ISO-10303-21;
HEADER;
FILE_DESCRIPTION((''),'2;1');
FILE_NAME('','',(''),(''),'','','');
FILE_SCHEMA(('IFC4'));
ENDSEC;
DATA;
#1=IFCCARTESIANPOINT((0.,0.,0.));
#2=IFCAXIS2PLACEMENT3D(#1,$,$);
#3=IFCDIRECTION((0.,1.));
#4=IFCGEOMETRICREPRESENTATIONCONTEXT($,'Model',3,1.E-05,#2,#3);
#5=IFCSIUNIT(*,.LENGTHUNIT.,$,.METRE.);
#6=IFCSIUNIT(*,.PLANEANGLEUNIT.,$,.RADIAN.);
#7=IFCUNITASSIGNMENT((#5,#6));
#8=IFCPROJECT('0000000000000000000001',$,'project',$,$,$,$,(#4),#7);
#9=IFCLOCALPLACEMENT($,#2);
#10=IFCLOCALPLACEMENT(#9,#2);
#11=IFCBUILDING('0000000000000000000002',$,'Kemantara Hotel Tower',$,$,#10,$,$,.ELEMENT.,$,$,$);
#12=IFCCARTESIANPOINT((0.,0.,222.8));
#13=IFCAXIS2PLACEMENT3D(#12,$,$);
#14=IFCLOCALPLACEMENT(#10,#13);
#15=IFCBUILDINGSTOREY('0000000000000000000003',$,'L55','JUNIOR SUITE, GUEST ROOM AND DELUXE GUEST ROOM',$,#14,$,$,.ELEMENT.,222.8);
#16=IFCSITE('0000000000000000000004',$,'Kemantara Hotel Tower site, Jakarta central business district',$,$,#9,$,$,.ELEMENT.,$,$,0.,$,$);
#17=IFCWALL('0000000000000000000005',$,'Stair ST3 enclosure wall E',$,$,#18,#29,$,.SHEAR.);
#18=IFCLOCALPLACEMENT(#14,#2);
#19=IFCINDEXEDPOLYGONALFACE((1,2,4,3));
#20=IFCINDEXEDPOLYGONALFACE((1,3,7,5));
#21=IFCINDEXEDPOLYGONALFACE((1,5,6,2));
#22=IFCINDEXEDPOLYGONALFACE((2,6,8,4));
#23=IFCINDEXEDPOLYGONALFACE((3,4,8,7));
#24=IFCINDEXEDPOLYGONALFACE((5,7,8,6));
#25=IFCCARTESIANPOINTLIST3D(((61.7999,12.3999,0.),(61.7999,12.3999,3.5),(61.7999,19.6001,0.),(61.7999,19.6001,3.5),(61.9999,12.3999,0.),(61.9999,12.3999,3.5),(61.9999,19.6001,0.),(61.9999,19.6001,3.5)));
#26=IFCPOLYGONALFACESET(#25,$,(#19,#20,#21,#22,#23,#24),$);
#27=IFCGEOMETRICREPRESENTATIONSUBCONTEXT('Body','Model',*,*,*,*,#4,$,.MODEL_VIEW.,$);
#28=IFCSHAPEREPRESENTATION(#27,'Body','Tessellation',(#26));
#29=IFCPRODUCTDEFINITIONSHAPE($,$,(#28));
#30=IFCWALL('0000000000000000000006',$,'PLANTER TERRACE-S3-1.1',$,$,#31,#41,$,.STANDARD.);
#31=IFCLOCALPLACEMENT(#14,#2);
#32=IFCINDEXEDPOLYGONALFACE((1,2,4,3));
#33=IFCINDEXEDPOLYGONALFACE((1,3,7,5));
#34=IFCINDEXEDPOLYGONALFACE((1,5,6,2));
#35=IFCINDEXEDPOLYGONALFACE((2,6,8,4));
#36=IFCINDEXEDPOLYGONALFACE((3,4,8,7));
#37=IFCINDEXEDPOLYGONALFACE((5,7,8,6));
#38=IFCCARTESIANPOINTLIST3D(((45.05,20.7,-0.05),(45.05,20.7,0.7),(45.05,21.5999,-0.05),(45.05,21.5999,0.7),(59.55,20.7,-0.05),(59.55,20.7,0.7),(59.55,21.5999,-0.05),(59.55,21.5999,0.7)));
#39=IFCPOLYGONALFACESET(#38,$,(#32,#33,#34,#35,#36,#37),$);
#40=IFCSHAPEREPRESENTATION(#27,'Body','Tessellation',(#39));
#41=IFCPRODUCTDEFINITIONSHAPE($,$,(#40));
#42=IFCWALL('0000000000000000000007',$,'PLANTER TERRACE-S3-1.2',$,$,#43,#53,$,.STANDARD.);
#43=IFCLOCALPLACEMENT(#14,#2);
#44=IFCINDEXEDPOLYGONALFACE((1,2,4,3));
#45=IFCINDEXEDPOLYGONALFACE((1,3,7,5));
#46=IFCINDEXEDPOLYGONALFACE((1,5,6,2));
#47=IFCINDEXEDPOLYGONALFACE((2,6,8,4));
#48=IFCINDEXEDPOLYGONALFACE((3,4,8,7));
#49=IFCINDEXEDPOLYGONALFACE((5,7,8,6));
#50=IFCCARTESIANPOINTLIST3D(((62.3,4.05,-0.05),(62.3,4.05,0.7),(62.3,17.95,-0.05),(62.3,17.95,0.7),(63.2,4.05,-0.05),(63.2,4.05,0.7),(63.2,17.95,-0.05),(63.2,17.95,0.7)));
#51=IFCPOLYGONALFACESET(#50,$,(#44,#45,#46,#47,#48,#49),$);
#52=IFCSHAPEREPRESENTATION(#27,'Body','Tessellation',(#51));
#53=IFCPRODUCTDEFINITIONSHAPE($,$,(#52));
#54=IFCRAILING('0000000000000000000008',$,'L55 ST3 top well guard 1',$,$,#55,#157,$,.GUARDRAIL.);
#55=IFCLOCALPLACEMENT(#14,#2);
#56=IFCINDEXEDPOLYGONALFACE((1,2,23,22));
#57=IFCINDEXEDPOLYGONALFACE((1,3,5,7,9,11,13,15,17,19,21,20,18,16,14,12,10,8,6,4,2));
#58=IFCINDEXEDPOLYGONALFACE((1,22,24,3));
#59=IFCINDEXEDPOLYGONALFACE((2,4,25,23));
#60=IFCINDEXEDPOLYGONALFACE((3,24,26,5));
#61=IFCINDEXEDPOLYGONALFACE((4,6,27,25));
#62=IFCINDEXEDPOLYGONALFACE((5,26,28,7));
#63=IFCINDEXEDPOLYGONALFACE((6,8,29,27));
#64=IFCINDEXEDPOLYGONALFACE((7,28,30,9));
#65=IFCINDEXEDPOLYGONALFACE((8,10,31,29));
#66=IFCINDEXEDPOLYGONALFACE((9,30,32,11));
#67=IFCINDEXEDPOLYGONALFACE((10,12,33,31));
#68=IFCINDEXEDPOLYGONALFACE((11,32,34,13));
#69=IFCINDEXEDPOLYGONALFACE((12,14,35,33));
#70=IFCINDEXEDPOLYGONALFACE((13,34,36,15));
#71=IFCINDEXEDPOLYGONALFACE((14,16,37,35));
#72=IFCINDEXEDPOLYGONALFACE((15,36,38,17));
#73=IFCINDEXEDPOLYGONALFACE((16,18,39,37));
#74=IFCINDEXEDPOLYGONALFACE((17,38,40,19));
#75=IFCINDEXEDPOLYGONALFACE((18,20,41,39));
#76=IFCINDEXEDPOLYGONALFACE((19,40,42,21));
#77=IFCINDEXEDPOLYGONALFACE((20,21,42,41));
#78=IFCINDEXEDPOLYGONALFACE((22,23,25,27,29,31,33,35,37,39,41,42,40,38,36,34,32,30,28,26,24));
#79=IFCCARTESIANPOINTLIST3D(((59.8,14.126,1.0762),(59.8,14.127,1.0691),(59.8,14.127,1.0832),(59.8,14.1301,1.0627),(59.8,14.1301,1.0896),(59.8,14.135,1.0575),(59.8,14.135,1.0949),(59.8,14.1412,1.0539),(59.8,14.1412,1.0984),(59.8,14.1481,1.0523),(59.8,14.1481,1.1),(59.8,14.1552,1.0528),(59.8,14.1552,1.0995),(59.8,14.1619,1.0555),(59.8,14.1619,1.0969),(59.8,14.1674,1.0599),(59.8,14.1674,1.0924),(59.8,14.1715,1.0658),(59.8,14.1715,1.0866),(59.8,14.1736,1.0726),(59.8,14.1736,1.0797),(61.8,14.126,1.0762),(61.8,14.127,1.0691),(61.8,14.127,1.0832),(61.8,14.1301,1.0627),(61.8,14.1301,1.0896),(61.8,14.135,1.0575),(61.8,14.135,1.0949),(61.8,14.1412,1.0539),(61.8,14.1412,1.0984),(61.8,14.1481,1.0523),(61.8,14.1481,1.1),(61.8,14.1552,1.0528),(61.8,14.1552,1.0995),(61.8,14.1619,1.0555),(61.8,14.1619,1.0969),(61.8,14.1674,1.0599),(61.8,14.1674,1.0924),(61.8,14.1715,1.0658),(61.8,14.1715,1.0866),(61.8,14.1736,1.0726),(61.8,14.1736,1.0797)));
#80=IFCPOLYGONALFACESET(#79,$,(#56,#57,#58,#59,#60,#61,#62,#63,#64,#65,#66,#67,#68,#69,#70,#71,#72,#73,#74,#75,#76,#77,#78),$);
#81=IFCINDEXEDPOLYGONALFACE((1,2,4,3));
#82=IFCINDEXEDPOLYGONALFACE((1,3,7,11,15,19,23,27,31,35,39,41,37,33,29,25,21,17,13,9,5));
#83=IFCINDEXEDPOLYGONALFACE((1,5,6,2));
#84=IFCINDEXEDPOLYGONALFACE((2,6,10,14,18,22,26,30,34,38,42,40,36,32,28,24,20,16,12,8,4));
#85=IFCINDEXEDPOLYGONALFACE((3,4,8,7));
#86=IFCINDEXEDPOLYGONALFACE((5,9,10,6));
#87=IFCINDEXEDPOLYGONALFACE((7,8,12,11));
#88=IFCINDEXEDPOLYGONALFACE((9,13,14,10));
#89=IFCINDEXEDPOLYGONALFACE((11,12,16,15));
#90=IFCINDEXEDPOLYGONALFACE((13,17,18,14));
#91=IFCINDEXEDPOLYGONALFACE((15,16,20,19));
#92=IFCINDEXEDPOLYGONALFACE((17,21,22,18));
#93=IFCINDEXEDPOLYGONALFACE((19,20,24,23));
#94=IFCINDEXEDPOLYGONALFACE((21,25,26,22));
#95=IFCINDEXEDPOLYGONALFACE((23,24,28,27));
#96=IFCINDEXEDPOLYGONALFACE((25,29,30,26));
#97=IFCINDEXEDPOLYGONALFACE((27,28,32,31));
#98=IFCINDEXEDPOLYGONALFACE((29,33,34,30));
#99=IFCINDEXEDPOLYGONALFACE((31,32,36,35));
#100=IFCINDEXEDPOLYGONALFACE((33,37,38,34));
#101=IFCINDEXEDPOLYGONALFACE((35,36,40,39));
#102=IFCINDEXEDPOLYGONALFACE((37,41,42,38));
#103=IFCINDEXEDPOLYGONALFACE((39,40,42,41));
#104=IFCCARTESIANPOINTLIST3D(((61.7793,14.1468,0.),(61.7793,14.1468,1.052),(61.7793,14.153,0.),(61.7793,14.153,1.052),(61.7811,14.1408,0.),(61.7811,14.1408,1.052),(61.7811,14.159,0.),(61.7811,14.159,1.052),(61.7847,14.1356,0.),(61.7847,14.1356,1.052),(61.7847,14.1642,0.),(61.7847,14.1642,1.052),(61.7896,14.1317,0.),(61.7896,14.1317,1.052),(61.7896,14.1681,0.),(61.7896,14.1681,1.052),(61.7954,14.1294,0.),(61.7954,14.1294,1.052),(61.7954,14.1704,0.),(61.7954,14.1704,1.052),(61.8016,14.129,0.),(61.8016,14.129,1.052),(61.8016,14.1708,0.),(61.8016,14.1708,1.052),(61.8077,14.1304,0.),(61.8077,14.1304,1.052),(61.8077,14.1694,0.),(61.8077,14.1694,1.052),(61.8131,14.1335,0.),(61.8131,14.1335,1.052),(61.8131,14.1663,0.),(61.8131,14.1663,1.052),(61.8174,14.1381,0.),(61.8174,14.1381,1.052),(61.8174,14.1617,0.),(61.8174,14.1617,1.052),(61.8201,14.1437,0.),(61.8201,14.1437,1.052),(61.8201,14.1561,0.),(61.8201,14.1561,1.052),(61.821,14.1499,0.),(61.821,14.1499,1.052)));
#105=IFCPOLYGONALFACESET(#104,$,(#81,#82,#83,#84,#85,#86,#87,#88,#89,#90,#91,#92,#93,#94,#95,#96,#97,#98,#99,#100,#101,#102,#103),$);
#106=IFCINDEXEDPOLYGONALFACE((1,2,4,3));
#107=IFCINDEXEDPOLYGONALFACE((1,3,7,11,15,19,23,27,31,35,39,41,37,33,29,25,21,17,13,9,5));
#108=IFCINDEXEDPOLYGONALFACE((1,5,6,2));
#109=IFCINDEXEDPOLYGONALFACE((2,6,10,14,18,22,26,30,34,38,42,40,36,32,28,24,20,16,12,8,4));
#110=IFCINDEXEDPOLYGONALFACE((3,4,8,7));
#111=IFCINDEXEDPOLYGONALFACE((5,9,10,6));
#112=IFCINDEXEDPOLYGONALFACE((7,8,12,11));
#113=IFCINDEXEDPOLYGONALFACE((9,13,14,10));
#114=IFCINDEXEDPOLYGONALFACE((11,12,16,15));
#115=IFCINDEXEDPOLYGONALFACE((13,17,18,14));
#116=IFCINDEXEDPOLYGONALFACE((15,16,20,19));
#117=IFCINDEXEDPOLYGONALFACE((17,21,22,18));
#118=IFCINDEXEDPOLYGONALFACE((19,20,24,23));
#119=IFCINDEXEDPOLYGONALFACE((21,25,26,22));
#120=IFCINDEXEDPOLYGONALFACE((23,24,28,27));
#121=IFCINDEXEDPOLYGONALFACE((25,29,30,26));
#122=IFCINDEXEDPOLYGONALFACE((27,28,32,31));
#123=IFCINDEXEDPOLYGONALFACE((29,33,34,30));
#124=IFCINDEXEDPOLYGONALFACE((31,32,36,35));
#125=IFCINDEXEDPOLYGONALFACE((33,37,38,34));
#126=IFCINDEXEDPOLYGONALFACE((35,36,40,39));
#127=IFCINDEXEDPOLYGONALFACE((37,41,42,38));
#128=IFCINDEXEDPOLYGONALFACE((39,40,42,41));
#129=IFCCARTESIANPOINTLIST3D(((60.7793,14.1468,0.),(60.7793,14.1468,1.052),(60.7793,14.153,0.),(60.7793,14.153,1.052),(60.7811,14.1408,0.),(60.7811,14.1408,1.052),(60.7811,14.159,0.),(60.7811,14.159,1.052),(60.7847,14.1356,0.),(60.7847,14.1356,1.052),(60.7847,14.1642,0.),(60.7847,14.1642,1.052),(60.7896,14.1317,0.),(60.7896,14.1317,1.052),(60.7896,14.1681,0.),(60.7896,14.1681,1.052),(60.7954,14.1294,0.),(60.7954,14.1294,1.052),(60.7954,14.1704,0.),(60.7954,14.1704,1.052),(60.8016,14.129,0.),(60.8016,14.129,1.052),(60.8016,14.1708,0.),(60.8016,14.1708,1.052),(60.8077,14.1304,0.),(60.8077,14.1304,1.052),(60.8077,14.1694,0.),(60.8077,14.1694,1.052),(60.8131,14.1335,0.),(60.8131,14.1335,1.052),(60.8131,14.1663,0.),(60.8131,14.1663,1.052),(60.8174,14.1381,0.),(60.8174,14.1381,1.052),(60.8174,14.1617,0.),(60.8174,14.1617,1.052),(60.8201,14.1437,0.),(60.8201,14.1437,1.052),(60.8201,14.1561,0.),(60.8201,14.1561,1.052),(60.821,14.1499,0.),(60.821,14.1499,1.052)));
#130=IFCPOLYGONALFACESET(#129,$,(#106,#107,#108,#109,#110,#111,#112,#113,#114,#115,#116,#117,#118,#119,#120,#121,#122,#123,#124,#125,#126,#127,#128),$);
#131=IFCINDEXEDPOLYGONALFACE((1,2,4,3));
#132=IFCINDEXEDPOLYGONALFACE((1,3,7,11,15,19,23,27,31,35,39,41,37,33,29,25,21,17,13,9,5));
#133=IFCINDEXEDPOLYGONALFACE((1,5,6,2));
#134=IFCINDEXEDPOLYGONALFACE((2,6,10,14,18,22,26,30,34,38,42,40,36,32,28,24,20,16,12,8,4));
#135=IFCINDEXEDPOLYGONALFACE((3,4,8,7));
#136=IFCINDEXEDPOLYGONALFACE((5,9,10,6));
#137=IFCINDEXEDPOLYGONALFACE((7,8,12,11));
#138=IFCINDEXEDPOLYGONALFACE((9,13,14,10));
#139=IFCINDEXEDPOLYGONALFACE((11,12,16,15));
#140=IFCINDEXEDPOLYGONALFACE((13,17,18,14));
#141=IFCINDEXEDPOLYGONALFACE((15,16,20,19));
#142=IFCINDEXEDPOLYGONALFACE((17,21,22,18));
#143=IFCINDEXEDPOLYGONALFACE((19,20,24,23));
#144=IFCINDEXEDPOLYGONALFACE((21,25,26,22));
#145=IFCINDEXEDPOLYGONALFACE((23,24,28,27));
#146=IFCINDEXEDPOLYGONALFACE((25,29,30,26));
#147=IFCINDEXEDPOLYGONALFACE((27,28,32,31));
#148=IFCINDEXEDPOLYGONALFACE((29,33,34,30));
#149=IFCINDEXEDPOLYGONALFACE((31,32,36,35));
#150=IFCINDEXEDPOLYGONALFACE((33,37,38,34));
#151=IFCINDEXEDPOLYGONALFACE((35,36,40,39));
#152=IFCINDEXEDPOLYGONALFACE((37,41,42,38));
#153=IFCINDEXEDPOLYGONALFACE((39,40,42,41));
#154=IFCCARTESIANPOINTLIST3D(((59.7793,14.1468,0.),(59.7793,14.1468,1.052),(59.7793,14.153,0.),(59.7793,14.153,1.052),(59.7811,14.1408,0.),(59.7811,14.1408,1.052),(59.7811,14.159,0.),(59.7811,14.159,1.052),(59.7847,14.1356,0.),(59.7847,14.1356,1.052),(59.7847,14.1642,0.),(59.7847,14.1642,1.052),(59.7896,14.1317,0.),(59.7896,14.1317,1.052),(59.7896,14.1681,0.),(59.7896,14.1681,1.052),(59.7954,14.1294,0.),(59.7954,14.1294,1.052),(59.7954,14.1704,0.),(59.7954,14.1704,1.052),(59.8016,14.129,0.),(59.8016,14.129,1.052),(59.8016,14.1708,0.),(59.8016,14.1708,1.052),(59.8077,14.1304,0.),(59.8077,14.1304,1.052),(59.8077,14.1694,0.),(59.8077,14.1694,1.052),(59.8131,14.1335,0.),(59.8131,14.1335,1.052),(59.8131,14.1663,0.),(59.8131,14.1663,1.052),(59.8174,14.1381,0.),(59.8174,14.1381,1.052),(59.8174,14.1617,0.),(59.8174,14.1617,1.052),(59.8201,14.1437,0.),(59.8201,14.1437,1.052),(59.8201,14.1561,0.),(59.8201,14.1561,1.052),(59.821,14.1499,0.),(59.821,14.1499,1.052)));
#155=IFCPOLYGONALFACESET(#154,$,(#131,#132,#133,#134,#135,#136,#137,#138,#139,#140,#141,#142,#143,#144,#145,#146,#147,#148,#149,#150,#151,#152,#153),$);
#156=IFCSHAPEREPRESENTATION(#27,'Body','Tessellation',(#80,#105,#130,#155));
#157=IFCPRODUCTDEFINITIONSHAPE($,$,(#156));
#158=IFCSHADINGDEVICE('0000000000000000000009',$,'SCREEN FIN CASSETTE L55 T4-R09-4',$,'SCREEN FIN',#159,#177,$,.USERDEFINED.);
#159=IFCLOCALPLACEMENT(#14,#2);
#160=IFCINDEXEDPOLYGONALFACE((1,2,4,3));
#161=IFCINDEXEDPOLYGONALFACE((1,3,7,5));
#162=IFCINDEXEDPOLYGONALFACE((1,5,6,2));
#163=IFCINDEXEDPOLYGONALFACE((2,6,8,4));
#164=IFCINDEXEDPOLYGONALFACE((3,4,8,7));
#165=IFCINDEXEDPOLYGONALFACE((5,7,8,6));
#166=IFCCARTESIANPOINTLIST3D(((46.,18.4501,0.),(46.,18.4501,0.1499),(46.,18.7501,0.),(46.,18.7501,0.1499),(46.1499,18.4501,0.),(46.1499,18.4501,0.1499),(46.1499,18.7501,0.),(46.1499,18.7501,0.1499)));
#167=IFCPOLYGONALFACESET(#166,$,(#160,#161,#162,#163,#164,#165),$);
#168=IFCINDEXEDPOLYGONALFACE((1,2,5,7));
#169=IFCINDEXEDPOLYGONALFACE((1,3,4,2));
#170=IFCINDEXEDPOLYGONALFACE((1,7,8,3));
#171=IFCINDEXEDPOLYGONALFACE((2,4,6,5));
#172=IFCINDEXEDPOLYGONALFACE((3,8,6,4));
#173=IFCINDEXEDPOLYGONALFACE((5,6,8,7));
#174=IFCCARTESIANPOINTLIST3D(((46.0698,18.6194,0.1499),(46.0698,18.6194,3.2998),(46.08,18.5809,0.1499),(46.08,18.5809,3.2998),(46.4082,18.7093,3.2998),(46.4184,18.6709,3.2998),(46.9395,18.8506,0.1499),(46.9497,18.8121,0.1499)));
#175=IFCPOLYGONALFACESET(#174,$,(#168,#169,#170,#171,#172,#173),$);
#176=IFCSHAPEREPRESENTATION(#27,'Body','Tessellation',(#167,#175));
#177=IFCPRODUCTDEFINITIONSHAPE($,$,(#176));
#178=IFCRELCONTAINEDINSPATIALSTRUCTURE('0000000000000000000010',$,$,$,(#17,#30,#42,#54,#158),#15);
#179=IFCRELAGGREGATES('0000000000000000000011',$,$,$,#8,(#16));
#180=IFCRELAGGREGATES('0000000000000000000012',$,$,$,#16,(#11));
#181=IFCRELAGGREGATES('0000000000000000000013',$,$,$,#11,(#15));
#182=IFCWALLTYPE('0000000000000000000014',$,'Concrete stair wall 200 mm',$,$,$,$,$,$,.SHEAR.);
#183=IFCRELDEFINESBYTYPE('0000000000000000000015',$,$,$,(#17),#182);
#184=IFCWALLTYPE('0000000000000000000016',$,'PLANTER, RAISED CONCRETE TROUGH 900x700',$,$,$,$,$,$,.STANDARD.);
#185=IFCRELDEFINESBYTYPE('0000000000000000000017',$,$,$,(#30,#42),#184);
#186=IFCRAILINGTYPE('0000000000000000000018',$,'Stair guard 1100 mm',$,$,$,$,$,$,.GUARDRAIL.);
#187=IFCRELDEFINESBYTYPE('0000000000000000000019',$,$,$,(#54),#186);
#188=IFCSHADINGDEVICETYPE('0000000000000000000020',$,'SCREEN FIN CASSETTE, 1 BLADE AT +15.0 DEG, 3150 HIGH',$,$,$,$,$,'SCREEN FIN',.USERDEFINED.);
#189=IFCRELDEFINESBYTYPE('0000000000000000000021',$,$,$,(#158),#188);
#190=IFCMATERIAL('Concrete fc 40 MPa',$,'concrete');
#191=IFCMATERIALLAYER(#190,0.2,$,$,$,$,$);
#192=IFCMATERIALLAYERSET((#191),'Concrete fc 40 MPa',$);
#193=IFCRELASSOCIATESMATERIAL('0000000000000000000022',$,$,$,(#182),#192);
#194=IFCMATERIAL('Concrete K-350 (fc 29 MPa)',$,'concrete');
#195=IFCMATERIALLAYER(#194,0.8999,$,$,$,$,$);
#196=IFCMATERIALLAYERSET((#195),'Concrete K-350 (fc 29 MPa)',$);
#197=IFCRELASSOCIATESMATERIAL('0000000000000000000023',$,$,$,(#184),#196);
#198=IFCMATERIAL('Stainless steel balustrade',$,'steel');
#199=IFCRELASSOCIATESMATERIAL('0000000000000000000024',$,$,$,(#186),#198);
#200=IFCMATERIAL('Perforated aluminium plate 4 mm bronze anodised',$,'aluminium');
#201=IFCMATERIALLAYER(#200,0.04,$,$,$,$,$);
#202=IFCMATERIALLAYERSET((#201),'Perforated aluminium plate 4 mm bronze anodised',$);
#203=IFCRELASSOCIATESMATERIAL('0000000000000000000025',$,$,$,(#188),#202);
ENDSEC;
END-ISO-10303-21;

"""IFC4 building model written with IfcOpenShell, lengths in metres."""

from ifc_helpers import new_model, si_unit, direction, frame, frame_2d, origin, origin_2d, place, context, subcontext, project, spatial, polyline, rectangle, circle, outline, extrude, source, transform, mapped, material, layer, layer_set, type_object, element, save


model = new_model("IFC4")

# Units and contexts
model_context = context("Model", 3, precision=1e-05, world=origin(), true_north=direction((0.0, 1.0)))
body_context = subcontext(model_context, "Body", "Model", "MODEL_VIEW")
ifc_project = project(units=[si_unit("LENGTHUNIT", "METRE"), si_unit("PLANEANGLEUNIT", "RADIAN")], contexts=[model_context])

# Site, building, storey
site_placement = place(None, origin())
site = spatial("IfcSite", under=ifc_project, at=site_placement, Name="Kemantara Hotel Tower site, Jakarta central business district", CompositionType="ELEMENT", RefElevation=0.0)
building_placement = place(site_placement, origin())
building = spatial("IfcBuilding", under=site, at=building_placement, Name="Kemantara Hotel Tower", CompositionType="ELEMENT")
storey_placement = place(building_placement, frame((0.0, 0.0, 222.8)))
storey = spatial("IfcBuildingStorey", under=building, at=storey_placement, Name="L55", Description="JUNIOR SUITE, GUEST ROOM AND DELUXE GUEST ROOM", CompositionType="ELEMENT", Elevation=222.8)

# Shared definitions
ifc_material_1 = material(Name="Concrete fc 40 MPa", Category="concrete")
ifc_layer_1 = layer(ifc_material_1, 0.2)
ifc_layer_set_1 = layer_set([ifc_layer_1], Name="Concrete fc 40 MPa")
wall_type_1 = type_object("IfcWallType", Name="Concrete stair wall 200 mm", PredefinedType="SHEAR", material=ifc_layer_set_1)

# Walls
for number, where, z_axis, x_axis, name in (
    (1, (61.8999, 12.3999, 0.0), (0.0, 0.0, 1.0), (0.0, 1.0, 0.0), "Stair ST3 enclosure wall E"),
):
    element("IfcWall", number, at=place(storey_placement, frame(where, z_axis=z_axis, x_axis=x_axis)), inside=storey, type_object=wall_type_1, Name=name, PredefinedType="SHEAR", context=body_context, shape_type="SweptSolid", body=[
        extrude(rectangle(XDim=7.2002, YDim=0.2, at=frame_2d((3.6001, 0.0))), origin(), (0.0, 0.0, 1.0), 3.5),
    ])
ifc_material_2 = material(Name="Concrete K-350 (fc 29 MPa)", Category="concrete")
ifc_layer_2 = layer(ifc_material_2, 0.8999)
ifc_layer_set_2 = layer_set([ifc_layer_2], Name="Concrete K-350 (fc 29 MPa)")
wall_type_2 = type_object("IfcWallType", Name="PLANTER, RAISED CONCRETE TROUGH 900x700", PredefinedType="STANDARD", material=ifc_layer_set_2)
wall_1_placement = place(storey_placement, frame((45.05, 21.1499, -0.05), z_axis=(0.0, 0.0, 1.0), x_axis=(1.0, 0.0, 0.0)))
element("IfcWall", 2, at=wall_1_placement, inside=storey, type_object=wall_type_2, Name="PLANTER TERRACE-S3-1.1", PredefinedType="STANDARD", context=body_context, shape_type="SweptSolid", body=[
    extrude(rectangle(XDim=14.5, YDim=0.8999, at=frame_2d((7.25, 0.0))), origin(), (0.0, 0.0, 1.0), 0.75),
])
wall_2_placement = place(storey_placement, frame((62.75, 17.95, -0.05), z_axis=(0.0, 0.0, 1.0), x_axis=(0.0, -1.0, 0.0)))
element("IfcWall", 3, at=wall_2_placement, inside=storey, type_object=wall_type_2, Name="PLANTER TERRACE-S3-1.2", PredefinedType="STANDARD", context=body_context, shape_type="SweptSolid", body=[
    extrude(rectangle(XDim=13.8999, YDim=0.8999, at=frame_2d((6.95, 0.0))), origin(), (0.0, 0.0, 1.0), 0.75),
])

# Railing
ifc_material_3 = material(Name="Stainless steel balustrade", Category="steel")
railing_type = type_object("IfcRailingType", Name="Stair guard 1100 mm", PredefinedType="GUARDRAIL", material=ifc_material_3)
railing_placement = place(storey_placement, frame((61.8, 14.1499, 0.0)))
element("IfcRailing", 4, at=railing_placement, inside=storey, type_object=railing_type, Name="L55 ST3 top well guard 1", PredefinedType="GUARDRAIL", context=body_context, shape_type="SweptSolid", body=[
    extrude(circle(Radius=0.0239, at=origin_2d()), frame((0.0, 0.0, 1.0762), z_axis=(-1.0, 0.0, 0.0), x_axis=(0.0, -1.0, 0.0)), (0.0, 0.0, 1.0), 2.0),
    extrude(circle(Radius=0.021, at=origin_2d()), origin(), (0.0, 0.0, 1.0), 1.052),
    extrude(circle(Radius=0.021, at=origin_2d()), frame((-1.0, 0.0, 0.0)), (0.0, 0.0, 1.0), 1.052),
    extrude(circle(Radius=0.021, at=origin_2d()), frame((-2.0, 0.0, 0.0)), (0.0, 0.0, 1.0), 1.052),
])

# Shading device
ifc_material_4 = material(Name="Perforated aluminium plate 4 mm bronze anodised", Category="aluminium")
ifc_layer_3 = layer(ifc_material_4, 0.04)
ifc_layer_set_3 = layer_set([ifc_layer_3], Name="Perforated aluminium plate 4 mm bronze anodised")
shading_device_type = type_object("IfcShadingDeviceType", Name="SCREEN FIN CASSETTE, 1 BLADE AT +15.0 DEG, 3150 HIGH", ElementType="SCREEN FIN", PredefinedType="USERDEFINED", material=ifc_layer_set_3)
shared_shape_1 = source(origin(), body_context, "Body", "SweptSolid", [
    extrude(rectangle(XDim=0.3, YDim=0.1499, at=origin_2d()), frame((0.0, -0.075, -0.1499), z_axis=(0.0, 0.0, 1.0), x_axis=(1.0, 0.0, 0.0)), (0.0, 0.0, 1.0), 0.1499),
    extrude(outline(polyline([(0.0, 0.0), (0.8999, 0.0), (0.3501, 3.1499), (0.0, 3.1499), (0.0, 0.0)])), frame((0.0193, -0.0698, 0.0), z_axis=(-0.966438, -0.256901, 0.0), x_axis=(0.256901, -0.966438, 0.0)), (0.0, 0.0, 1.0), 0.0398),
])
shading_device_placement = place(storey_placement, frame((46.0, 18.6001, 0.1499), z_axis=(0.0, 0.0, 1.0), x_axis=(0.0, 1.0, 0.0)))
element("IfcShadingDevice", 5, at=shading_device_placement, inside=storey, type_object=shading_device_type, Name="SCREEN FIN CASSETTE L55 T4-R09-4", ObjectType="SCREEN FIN", PredefinedType="USERDEFINED", context=body_context, shape_type="MappedRepresentation", body=[
    mapped(shared_shape_1, transform((0.0, 0.0, 0.0))),
])

save(model, "model.ifc")
